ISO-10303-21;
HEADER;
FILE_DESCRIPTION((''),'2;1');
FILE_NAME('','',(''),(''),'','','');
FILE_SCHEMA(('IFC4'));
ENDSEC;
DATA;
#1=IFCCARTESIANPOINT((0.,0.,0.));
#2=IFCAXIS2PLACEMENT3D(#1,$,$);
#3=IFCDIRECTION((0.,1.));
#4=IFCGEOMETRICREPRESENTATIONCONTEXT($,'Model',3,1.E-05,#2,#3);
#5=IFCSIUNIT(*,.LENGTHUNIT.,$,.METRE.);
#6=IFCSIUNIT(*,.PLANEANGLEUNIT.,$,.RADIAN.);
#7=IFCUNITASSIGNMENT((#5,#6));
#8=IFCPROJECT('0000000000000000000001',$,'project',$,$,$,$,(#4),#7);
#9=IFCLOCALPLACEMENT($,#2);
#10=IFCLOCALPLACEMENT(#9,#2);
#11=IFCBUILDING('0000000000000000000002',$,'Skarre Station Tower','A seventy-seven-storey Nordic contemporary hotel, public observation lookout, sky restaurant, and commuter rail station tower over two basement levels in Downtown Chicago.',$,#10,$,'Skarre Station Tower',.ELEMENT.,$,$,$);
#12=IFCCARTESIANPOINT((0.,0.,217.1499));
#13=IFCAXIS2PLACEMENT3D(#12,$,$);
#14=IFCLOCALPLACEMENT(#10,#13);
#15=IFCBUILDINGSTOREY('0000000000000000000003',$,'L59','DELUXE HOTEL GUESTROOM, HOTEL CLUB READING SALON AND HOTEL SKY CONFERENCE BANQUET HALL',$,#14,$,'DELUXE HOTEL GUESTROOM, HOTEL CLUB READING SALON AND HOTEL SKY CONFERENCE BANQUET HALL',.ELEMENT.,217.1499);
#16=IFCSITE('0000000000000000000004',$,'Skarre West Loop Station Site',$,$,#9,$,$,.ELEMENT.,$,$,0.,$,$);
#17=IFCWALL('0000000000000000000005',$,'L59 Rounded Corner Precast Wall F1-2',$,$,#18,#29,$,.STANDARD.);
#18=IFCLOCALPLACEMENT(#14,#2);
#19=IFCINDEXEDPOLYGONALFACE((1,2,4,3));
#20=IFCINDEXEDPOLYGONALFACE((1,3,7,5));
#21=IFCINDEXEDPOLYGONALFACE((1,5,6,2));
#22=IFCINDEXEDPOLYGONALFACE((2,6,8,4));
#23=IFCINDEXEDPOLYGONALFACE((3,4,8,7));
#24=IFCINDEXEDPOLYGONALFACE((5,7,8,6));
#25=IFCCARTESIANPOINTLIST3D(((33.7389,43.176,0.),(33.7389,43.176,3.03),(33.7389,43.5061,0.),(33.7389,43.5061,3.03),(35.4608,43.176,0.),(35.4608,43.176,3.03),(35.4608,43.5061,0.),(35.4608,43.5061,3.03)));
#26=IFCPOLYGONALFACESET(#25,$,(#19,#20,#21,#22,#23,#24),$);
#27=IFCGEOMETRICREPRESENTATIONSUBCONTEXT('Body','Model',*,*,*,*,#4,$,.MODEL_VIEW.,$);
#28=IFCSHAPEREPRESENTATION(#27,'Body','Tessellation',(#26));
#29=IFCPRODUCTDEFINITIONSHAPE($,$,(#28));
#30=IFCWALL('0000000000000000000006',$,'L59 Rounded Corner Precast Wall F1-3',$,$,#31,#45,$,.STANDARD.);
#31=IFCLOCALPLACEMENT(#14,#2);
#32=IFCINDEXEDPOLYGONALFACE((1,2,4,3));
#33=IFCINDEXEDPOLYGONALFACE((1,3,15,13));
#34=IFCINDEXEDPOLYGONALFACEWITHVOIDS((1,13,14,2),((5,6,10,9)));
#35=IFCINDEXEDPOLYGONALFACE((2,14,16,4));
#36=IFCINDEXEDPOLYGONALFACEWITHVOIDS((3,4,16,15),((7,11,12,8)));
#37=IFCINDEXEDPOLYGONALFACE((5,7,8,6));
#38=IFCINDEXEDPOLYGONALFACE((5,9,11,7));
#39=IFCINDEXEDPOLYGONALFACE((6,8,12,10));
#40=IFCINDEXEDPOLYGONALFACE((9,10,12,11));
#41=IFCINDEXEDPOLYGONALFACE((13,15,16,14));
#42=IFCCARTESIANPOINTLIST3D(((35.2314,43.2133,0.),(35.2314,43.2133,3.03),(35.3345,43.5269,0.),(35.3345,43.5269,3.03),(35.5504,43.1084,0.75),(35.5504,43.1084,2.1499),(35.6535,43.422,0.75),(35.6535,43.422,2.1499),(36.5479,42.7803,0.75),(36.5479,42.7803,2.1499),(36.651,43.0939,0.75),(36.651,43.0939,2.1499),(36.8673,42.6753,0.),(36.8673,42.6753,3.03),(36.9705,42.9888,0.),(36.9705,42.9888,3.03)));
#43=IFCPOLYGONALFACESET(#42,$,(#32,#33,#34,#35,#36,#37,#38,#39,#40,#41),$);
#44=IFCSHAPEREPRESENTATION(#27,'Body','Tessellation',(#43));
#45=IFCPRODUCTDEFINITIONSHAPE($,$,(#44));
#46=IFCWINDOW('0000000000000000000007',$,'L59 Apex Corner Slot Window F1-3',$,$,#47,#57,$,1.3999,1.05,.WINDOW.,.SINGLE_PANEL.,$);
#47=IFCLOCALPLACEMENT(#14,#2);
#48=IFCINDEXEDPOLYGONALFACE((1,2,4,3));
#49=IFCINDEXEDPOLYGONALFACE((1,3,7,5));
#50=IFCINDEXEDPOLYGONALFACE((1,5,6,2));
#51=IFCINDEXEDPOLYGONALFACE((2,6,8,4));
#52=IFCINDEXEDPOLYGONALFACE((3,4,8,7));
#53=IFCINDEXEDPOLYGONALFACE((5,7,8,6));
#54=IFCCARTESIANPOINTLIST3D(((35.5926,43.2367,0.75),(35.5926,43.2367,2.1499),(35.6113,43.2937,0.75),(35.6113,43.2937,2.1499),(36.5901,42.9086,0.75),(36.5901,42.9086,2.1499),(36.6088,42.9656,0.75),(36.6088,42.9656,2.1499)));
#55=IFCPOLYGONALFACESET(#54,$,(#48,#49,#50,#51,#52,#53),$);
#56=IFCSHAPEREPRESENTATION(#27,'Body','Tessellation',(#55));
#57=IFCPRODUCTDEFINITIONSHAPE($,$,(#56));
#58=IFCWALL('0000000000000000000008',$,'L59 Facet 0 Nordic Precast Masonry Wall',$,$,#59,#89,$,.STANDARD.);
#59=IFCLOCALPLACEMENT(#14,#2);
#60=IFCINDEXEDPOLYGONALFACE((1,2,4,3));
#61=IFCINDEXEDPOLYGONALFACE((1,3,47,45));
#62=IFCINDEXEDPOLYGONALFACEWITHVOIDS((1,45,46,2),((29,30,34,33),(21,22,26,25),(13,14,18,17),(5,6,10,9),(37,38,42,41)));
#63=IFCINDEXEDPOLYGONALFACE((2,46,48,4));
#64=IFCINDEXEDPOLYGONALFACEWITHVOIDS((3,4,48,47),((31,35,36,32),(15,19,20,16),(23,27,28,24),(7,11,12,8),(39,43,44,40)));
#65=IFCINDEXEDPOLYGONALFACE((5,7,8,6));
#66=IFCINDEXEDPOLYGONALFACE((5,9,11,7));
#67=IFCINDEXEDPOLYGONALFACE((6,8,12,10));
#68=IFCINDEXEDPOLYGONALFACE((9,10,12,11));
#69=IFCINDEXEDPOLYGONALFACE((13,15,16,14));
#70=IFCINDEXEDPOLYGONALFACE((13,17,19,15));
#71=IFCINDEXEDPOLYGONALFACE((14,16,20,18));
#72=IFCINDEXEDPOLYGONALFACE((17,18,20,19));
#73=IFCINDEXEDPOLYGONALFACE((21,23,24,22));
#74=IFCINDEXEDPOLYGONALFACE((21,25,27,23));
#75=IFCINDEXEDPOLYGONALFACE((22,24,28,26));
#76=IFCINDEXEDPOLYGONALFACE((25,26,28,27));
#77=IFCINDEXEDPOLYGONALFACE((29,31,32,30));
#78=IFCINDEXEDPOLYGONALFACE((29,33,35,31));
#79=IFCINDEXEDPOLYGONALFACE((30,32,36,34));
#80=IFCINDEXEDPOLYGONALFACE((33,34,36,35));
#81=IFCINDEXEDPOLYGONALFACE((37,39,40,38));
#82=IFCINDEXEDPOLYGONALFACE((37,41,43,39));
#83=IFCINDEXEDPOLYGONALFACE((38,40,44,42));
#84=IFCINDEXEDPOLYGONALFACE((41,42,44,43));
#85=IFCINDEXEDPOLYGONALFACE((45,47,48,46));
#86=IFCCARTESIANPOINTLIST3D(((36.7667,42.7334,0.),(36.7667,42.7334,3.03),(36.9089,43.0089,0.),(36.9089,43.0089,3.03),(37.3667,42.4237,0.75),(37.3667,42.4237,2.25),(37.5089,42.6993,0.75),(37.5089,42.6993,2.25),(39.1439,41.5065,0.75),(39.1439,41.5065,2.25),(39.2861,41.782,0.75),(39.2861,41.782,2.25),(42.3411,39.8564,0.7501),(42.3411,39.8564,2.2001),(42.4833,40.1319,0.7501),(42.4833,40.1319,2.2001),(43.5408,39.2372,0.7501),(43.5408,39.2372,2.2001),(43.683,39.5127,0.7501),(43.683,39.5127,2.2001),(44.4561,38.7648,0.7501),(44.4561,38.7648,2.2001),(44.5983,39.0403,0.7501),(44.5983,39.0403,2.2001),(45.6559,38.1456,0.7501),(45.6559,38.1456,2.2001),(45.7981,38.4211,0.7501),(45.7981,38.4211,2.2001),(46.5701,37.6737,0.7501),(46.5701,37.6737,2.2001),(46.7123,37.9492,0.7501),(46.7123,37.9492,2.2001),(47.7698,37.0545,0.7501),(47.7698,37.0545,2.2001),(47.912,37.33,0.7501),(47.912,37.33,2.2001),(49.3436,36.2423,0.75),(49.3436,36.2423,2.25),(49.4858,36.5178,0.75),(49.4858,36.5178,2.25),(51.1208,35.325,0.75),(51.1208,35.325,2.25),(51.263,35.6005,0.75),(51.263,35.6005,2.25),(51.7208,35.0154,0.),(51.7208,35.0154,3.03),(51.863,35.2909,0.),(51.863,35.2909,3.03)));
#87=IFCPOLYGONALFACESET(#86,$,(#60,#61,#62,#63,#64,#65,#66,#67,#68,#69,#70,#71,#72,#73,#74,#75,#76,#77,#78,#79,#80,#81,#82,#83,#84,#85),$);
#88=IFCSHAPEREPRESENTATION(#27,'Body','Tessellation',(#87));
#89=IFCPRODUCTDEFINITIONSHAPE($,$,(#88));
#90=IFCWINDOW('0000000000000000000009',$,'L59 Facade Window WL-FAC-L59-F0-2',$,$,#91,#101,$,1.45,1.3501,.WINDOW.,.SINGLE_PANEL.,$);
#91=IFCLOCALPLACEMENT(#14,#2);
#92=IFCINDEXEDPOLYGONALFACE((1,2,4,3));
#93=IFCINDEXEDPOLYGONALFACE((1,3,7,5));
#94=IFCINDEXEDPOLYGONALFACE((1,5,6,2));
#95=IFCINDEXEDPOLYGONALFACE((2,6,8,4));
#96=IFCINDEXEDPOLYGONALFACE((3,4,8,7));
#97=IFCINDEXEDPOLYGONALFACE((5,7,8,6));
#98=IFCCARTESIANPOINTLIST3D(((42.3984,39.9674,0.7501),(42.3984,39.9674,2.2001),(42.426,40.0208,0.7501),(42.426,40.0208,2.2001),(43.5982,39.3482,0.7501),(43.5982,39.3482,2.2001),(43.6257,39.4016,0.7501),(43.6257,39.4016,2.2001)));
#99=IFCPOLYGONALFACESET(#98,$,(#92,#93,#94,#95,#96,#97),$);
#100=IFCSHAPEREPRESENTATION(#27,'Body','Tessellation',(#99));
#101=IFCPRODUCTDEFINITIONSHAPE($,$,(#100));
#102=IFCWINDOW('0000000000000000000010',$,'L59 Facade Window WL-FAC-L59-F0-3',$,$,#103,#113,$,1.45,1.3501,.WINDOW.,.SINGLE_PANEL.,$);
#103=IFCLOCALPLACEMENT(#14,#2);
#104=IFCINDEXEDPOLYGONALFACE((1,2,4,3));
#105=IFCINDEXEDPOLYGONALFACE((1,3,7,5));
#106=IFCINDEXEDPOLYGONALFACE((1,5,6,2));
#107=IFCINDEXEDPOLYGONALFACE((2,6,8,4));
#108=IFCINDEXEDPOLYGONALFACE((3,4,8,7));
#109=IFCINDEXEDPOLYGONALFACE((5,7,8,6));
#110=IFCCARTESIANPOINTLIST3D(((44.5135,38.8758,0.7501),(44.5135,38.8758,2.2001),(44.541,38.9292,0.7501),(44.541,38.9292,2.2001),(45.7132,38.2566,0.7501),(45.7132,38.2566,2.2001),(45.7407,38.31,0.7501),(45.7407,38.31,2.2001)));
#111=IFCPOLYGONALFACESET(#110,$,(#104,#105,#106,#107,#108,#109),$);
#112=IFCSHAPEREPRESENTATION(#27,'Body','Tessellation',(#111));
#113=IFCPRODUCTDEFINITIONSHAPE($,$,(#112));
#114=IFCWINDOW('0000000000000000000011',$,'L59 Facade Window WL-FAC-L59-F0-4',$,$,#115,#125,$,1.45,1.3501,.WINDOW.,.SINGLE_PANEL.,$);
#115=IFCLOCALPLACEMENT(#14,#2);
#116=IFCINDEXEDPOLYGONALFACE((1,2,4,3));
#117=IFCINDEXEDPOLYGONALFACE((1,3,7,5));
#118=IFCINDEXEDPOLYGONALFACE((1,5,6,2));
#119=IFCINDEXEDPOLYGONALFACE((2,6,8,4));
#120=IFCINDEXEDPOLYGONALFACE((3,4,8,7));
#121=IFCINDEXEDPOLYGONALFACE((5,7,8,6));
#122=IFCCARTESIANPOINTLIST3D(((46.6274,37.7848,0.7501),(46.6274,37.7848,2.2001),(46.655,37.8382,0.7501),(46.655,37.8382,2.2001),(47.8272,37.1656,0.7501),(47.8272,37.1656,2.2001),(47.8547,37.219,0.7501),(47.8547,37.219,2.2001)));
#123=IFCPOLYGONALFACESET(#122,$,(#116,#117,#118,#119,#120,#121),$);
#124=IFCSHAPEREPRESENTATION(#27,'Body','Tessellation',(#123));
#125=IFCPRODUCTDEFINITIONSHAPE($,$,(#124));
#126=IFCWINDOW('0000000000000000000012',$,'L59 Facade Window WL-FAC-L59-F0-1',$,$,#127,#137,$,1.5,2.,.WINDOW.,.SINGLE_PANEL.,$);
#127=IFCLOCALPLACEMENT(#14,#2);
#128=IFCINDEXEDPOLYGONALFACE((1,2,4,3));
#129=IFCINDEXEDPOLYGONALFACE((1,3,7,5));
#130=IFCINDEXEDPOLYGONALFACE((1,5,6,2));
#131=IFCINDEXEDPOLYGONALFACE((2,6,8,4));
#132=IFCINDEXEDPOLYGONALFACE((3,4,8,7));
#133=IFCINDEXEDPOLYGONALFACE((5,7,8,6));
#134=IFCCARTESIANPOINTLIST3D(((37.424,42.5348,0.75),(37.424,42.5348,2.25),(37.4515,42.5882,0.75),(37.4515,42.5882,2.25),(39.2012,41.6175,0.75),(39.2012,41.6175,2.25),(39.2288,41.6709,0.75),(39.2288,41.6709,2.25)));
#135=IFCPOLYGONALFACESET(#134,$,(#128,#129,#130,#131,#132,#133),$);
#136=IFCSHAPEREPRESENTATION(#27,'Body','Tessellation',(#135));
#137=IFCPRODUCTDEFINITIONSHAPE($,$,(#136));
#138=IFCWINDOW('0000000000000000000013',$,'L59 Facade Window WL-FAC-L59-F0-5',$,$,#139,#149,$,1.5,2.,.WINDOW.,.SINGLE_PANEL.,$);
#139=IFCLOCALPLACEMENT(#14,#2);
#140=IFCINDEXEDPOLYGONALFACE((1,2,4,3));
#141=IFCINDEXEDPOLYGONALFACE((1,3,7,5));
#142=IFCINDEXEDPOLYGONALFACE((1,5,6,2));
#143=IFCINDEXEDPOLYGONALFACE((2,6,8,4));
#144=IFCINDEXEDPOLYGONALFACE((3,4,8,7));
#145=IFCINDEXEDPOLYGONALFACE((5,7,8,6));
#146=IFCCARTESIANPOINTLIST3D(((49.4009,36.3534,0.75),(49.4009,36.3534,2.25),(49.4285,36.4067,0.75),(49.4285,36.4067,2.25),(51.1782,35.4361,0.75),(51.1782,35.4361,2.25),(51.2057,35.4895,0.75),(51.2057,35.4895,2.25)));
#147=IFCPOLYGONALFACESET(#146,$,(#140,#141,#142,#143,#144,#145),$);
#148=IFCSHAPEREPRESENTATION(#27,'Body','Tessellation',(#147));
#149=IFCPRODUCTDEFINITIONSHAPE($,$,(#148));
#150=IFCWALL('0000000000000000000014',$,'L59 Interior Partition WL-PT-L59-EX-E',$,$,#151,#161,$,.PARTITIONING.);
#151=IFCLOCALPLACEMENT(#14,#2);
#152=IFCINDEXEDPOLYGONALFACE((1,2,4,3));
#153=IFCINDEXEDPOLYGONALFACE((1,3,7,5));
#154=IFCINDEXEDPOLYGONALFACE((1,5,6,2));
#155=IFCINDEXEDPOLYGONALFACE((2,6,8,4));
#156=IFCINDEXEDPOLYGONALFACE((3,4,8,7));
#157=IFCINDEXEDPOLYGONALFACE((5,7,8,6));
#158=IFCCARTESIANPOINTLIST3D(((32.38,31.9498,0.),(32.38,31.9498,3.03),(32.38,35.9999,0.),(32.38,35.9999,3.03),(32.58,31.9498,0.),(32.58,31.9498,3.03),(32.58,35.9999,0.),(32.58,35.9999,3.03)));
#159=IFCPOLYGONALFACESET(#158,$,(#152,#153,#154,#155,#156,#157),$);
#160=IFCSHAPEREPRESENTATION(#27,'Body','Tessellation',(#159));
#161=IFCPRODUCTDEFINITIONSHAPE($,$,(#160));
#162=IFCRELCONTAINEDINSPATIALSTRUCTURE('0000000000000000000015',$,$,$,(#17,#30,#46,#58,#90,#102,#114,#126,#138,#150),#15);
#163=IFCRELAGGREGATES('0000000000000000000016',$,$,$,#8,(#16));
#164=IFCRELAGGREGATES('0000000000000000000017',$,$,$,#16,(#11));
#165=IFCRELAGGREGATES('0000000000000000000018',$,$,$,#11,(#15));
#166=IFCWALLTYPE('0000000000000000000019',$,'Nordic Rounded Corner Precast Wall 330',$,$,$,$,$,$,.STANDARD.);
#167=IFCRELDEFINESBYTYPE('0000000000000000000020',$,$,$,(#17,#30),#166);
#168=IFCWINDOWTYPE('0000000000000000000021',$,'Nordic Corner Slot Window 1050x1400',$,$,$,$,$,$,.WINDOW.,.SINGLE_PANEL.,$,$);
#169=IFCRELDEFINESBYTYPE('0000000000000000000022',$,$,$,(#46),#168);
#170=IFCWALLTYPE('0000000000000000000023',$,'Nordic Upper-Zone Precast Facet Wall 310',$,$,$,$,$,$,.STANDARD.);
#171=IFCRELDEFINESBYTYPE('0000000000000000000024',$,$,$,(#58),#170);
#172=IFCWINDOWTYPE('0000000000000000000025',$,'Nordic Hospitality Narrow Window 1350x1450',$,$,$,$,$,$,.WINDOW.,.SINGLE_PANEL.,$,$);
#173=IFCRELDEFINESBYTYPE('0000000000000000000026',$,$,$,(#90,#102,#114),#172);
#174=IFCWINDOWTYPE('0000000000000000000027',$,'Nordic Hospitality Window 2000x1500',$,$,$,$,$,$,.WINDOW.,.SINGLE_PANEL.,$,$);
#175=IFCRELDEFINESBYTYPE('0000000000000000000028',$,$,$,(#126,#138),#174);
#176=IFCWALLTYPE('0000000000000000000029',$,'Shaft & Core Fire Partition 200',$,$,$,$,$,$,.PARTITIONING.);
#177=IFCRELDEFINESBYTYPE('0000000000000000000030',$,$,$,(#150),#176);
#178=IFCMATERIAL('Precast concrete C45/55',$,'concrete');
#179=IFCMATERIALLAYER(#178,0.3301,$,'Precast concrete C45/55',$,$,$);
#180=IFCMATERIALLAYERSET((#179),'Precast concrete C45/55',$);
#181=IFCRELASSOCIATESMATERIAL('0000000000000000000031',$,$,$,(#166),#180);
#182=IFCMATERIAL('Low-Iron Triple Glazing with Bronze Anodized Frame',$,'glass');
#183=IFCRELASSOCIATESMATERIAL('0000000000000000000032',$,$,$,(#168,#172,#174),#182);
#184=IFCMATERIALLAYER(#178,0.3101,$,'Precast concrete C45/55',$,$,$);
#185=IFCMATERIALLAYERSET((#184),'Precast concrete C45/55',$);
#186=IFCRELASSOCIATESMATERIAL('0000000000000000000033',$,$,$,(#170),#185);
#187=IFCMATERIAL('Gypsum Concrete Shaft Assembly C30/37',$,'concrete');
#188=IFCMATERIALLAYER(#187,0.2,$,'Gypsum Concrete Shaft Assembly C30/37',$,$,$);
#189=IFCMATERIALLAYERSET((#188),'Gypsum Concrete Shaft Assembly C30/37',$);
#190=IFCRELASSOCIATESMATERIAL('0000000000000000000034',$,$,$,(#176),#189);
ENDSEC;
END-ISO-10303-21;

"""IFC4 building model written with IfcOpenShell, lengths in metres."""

from ifc_helpers import new_model, si_unit, direction, frame, frame_2d, origin, place, context, subcontext, project, spatial, rectangle, extrude, material, layer, layer_set, type_object, element, fill, save


model = new_model("IFC4")

# Units and contexts
model_context = context("Model", 3, precision=1e-05, world=origin(), true_north=direction((0.0, 1.0)))
body_context = subcontext(model_context, "Body", "Model", "MODEL_VIEW")
ifc_project = project(units=[si_unit("LENGTHUNIT", "METRE"), si_unit("PLANEANGLEUNIT", "RADIAN")], contexts=[model_context])

# Site, building, storey
site_placement = place(None, origin())
site = spatial("IfcSite", under=ifc_project, at=site_placement, Name="Skarre West Loop Station Site", CompositionType="ELEMENT", RefElevation=0.0)
building_placement = place(site_placement, origin())
building = spatial("IfcBuilding", under=site, at=building_placement, Name="Skarre Station Tower", Description="A seventy-seven-storey Nordic contemporary hotel, public observation lookout, sky restaurant, and commuter rail station tower over two basement levels in Downtown Chicago.", LongName="Skarre Station Tower", CompositionType="ELEMENT")
storey_placement = place(building_placement, frame((0.0, 0.0, 217.1499)))
storey = spatial("IfcBuildingStorey", under=building, at=storey_placement, Name="L59", Description="DELUXE HOTEL GUESTROOM, HOTEL CLUB READING SALON AND HOTEL SKY CONFERENCE BANQUET HALL", LongName="DELUXE HOTEL GUESTROOM, HOTEL CLUB READING SALON AND HOTEL SKY CONFERENCE BANQUET HALL", CompositionType="ELEMENT", Elevation=217.1499)

# Wall
ifc_material_1 = material(Name="Precast concrete C45/55", Category="concrete")
ifc_layer_1 = layer(ifc_material_1, 0.3301, Name="Precast concrete C45/55")
ifc_layer_set_1 = layer_set([ifc_layer_1], Name="Precast concrete C45/55")
wall_type_1 = type_object("IfcWallType", Name="Nordic Rounded Corner Precast Wall 330", PredefinedType="STANDARD", material=ifc_layer_set_1)
wall_1_placement = place(storey_placement, frame((33.739, 43.3411, 0.0), z_axis=(0.0, 0.0, 1.0), x_axis=(1.0, 0.0, 0.0)))
element("IfcWall", 1, at=wall_1_placement, inside=storey, type_object=wall_type_1, Name="L59 Rounded Corner Precast Wall F1-2", PredefinedType="STANDARD", context=body_context, shape_type="SweptSolid", body=[
    extrude(rectangle(XDim=1.7219, YDim=0.3301, at=frame_2d((0.8608, 0.0))), origin(), (0.0, 0.0, 1.0), 3.03),
])

# Wall, opening, window
wall_2_placement = place(storey_placement, frame((35.283, 43.3701, 0.0), z_axis=(0.0, 0.0, 1.0), x_axis=(0.949937, -0.31244, 0.0)))
wall_2 = element("IfcWall", 2, at=wall_2_placement, inside=storey, type_object=wall_type_1, Name="L59 Rounded Corner Precast Wall F1-3", PredefinedType="STANDARD", context=body_context, shape_type="SweptSolid", body=[
    extrude(rectangle(XDim=1.7222, YDim=0.3301, at=frame_2d((0.8611, 0.0))), origin(), (0.0, 0.0, 1.0), 3.03),
])
opening_1_placement = place(wall_2_placement, frame((0.3359, 0.0, 0.75)))
opening_1 = element("IfcOpeningElement", 3, at=opening_1_placement, cuts=wall_2, PredefinedType="OPENING", context=body_context, shape_type="SweptSolid", body=[
    extrude(rectangle(XDim=1.05, YDim=1.3999, at=frame_2d((0.5249, 0.7))), frame((0.0, 0.175, 0.0), z_axis=(0.0, -1.0, 0.0), x_axis=(1.0, 0.0, 0.0)), (0.0, 0.0, 1.0), 0.3501),
])
ifc_material_2 = material(Name="Low-Iron Triple Glazing with Bronze Anodized Frame", Category="glass")
window_type_1 = type_object("IfcWindowType", Name="Nordic Corner Slot Window 1050x1400", PartitioningType="SINGLE_PANEL", PredefinedType="WINDOW", material=ifc_material_2)
window_1_placement = place(opening_1_placement, origin())
window_1 = element("IfcWindow", 4, at=window_1_placement, inside=storey, type_object=window_type_1, Name="L59 Apex Corner Slot Window F1-3", OverallHeight=1.3999, OverallWidth=1.05, PartitioningType="SINGLE_PANEL", PredefinedType="WINDOW", context=body_context, shape_type="SweptSolid", body=[
    extrude(rectangle(XDim=1.05, YDim=1.3999, at=frame_2d((0.5249, 0.7))), frame((0.0, 0.03, 0.0), z_axis=(0.0, -1.0, 0.0), x_axis=(1.0, 0.0, 0.0)), (0.0, 0.0, 1.0), 0.0601),
])
fill(opening_1, window_1)

# Wall, openings, windows
ifc_layer_2 = layer(ifc_material_1, 0.3101, Name="Precast concrete C45/55")
ifc_layer_set_2 = layer_set([ifc_layer_2], Name="Precast concrete C45/55")
wall_type_2 = type_object("IfcWallType", Name="Nordic Upper-Zone Precast Facet Wall 310", PredefinedType="STANDARD", material=ifc_layer_set_2)
wall_3_placement = place(storey_placement, frame((36.8379, 42.8711, 0.0), z_axis=(0.0, 0.0, 1.0), x_axis=(0.888626, -0.458632, 0.0)))
wall_3 = element("IfcWall", 5, at=wall_3_placement, inside=storey, type_object=wall_type_2, Name="L59 Facet 0 Nordic Precast Masonry Wall", PredefinedType="STANDARD", context=body_context, shape_type="SweptSolid", body=[
    extrude(rectangle(XDim=16.8284, YDim=0.3101, at=frame_2d((8.4141, 0.0))), origin(), (0.0, 0.0, 1.0), 3.03),
])
opening_2_placement = place(wall_3_placement, frame((0.675, 0.0, 0.75)))
opening_2 = element("IfcOpeningElement", 6, at=opening_2_placement, cuts=wall_3, PredefinedType="OPENING", context=body_context, shape_type="SweptSolid", body=[
    extrude(rectangle(XDim=2.0, YDim=1.5, at=frame_2d((1.0, 0.75))), frame((0.0, 0.165, 0.0), z_axis=(0.0, -1.0, 0.0), x_axis=(1.0, 0.0, 0.0)), (0.0, 0.0, 1.0), 0.3301),
])
opening_3_placement = place(wall_3_placement, frame((6.2729, 0.0, 0.75)))
opening_3 = element("IfcOpeningElement", 7, at=opening_3_placement, cuts=wall_3, PredefinedType="OPENING", context=body_context, shape_type="SweptSolid", body=[
    extrude(rectangle(XDim=1.3501, YDim=1.45, at=frame_2d((0.675, 0.7251))), frame((0.0, 0.165, 0.0), z_axis=(0.0, -1.0, 0.0), x_axis=(1.0, 0.0, 0.0)), (0.0, 0.0, 1.0), 0.3301),
])
opening_4_placement = place(wall_3_placement, frame((8.6531, 0.0, 0.75)))
opening_4 = element("IfcOpeningElement", 8, at=opening_4_placement, cuts=wall_3, PredefinedType="OPENING", context=body_context, shape_type="SweptSolid", body=[
    extrude(rectangle(XDim=1.3501, YDim=1.45, at=frame_2d((0.675, 0.7251))), frame((0.0, 0.165, 0.0), z_axis=(0.0, -1.0, 0.0), x_axis=(1.0, 0.0, 0.0)), (0.0, 0.0, 1.0), 0.3301),
])
opening_5_placement = place(wall_3_placement, frame((11.032, 0.0, 0.75)))
opening_5 = element("IfcOpeningElement", 9, at=opening_5_placement, cuts=wall_3, PredefinedType="OPENING", context=body_context, shape_type="SweptSolid", body=[
    extrude(rectangle(XDim=1.3501, YDim=1.45, at=frame_2d((0.675, 0.7251))), frame((0.0, 0.165, 0.0), z_axis=(0.0, -1.0, 0.0), x_axis=(1.0, 0.0, 0.0)), (0.0, 0.0, 1.0), 0.3301),
])
opening_6_placement = place(wall_3_placement, frame((14.1531, 0.0, 0.75)))
opening_6 = element("IfcOpeningElement", 10, at=opening_6_placement, cuts=wall_3, PredefinedType="OPENING", context=body_context, shape_type="SweptSolid", body=[
    extrude(rectangle(XDim=2.0, YDim=1.5, at=frame_2d((1.0, 0.75))), frame((0.0, 0.165, 0.0), z_axis=(0.0, -1.0, 0.0), x_axis=(1.0, 0.0, 0.0)), (0.0, 0.0, 1.0), 0.3301),
])
window_type_2 = type_object("IfcWindowType", Name="Nordic Hospitality Narrow Window 1350x1450", PartitioningType="SINGLE_PANEL", PredefinedType="WINDOW", material=ifc_material_2)
window_2_placement = place(opening_3_placement, origin())
window_2 = element("IfcWindow", 11, at=window_2_placement, inside=storey, type_object=window_type_2, Name="L59 Facade Window WL-FAC-L59-F0-2", OverallHeight=1.45, OverallWidth=1.3501, PartitioningType="SINGLE_PANEL", PredefinedType="WINDOW", context=body_context, shape_type="SweptSolid", body=[
    extrude(rectangle(XDim=1.3501, YDim=1.45, at=frame_2d((0.675, 0.7251))), frame((0.0, 0.03, 0.0), z_axis=(0.0, -1.0, 0.0), x_axis=(1.0, 0.0, 0.0)), (0.0, 0.0, 1.0), 0.0601),
])
fill(opening_3, window_2)
window_3_placement = place(opening_4_placement, origin())
window_3 = element("IfcWindow", 12, at=window_3_placement, inside=storey, type_object=window_type_2, Name="L59 Facade Window WL-FAC-L59-F0-3", OverallHeight=1.45, OverallWidth=1.3501, PartitioningType="SINGLE_PANEL", PredefinedType="WINDOW", context=body_context, shape_type="SweptSolid", body=[
    extrude(rectangle(XDim=1.3501, YDim=1.45, at=frame_2d((0.675, 0.7251))), frame((0.0, 0.03, 0.0), z_axis=(0.0, -1.0, 0.0), x_axis=(1.0, 0.0, 0.0)), (0.0, 0.0, 1.0), 0.0601),
])
fill(opening_4, window_3)
window_4_placement = place(opening_5_placement, origin())
window_4 = element("IfcWindow", 13, at=window_4_placement, inside=storey, type_object=window_type_2, Name="L59 Facade Window WL-FAC-L59-F0-4", OverallHeight=1.45, OverallWidth=1.3501, PartitioningType="SINGLE_PANEL", PredefinedType="WINDOW", context=body_context, shape_type="SweptSolid", body=[
    extrude(rectangle(XDim=1.3501, YDim=1.45, at=frame_2d((0.675, 0.7251))), frame((0.0, 0.03, 0.0), z_axis=(0.0, -1.0, 0.0), x_axis=(1.0, 0.0, 0.0)), (0.0, 0.0, 1.0), 0.0601),
])
fill(opening_5, window_4)
window_type_3 = type_object("IfcWindowType", Name="Nordic Hospitality Window 2000x1500", PartitioningType="SINGLE_PANEL", PredefinedType="WINDOW", material=ifc_material_2)
window_5_placement = place(opening_2_placement, origin())
window_5 = element("IfcWindow", 14, at=window_5_placement, inside=storey, type_object=window_type_3, Name="L59 Facade Window WL-FAC-L59-F0-1", OverallHeight=1.5, OverallWidth=2.0, PartitioningType="SINGLE_PANEL", PredefinedType="WINDOW", context=body_context, shape_type="SweptSolid", body=[
    extrude(rectangle(XDim=2.0, YDim=1.5, at=frame_2d((1.0, 0.75))), frame((0.0, 0.03, 0.0), z_axis=(0.0, -1.0, 0.0), x_axis=(1.0, 0.0, 0.0)), (0.0, 0.0, 1.0), 0.0601),
])
fill(opening_2, window_5)
window_6_placement = place(opening_6_placement, origin())
window_6 = element("IfcWindow", 15, at=window_6_placement, inside=storey, type_object=window_type_3, Name="L59 Facade Window WL-FAC-L59-F0-5", OverallHeight=1.5, OverallWidth=2.0, PartitioningType="SINGLE_PANEL", PredefinedType="WINDOW", context=body_context, shape_type="SweptSolid", body=[
    extrude(rectangle(XDim=2.0, YDim=1.5, at=frame_2d((1.0, 0.75))), frame((0.0, 0.03, 0.0), z_axis=(0.0, -1.0, 0.0), x_axis=(1.0, 0.0, 0.0)), (0.0, 0.0, 1.0), 0.0601),
])
fill(opening_6, window_6)

# Wall
ifc_material_3 = material(Name="Gypsum Concrete Shaft Assembly C30/37", Category="concrete")
ifc_layer_3 = layer(ifc_material_3, 0.2, Name="Gypsum Concrete Shaft Assembly C30/37")
ifc_layer_set_3 = layer_set([ifc_layer_3], Name="Gypsum Concrete Shaft Assembly C30/37")
wall_type_3 = type_object("IfcWallType", Name="Shaft & Core Fire Partition 200", PredefinedType="PARTITIONING", material=ifc_layer_set_3)
wall_4_placement = place(storey_placement, frame((32.48, 31.95, 0.0), z_axis=(0.0, 0.0, 1.0), x_axis=(0.0, 1.0, 0.0)))
element("IfcWall", 16, at=wall_4_placement, inside=storey, type_object=wall_type_3, Name="L59 Interior Partition WL-PT-L59-EX-E", PredefinedType="PARTITIONING", context=body_context, shape_type="SweptSolid", body=[
    extrude(rectangle(XDim=4.05, YDim=0.2, at=frame_2d((2.0249, 0.0))), origin(), (0.0, 0.0, 1.0), 3.03),
])

save(model, "model.ifc")
